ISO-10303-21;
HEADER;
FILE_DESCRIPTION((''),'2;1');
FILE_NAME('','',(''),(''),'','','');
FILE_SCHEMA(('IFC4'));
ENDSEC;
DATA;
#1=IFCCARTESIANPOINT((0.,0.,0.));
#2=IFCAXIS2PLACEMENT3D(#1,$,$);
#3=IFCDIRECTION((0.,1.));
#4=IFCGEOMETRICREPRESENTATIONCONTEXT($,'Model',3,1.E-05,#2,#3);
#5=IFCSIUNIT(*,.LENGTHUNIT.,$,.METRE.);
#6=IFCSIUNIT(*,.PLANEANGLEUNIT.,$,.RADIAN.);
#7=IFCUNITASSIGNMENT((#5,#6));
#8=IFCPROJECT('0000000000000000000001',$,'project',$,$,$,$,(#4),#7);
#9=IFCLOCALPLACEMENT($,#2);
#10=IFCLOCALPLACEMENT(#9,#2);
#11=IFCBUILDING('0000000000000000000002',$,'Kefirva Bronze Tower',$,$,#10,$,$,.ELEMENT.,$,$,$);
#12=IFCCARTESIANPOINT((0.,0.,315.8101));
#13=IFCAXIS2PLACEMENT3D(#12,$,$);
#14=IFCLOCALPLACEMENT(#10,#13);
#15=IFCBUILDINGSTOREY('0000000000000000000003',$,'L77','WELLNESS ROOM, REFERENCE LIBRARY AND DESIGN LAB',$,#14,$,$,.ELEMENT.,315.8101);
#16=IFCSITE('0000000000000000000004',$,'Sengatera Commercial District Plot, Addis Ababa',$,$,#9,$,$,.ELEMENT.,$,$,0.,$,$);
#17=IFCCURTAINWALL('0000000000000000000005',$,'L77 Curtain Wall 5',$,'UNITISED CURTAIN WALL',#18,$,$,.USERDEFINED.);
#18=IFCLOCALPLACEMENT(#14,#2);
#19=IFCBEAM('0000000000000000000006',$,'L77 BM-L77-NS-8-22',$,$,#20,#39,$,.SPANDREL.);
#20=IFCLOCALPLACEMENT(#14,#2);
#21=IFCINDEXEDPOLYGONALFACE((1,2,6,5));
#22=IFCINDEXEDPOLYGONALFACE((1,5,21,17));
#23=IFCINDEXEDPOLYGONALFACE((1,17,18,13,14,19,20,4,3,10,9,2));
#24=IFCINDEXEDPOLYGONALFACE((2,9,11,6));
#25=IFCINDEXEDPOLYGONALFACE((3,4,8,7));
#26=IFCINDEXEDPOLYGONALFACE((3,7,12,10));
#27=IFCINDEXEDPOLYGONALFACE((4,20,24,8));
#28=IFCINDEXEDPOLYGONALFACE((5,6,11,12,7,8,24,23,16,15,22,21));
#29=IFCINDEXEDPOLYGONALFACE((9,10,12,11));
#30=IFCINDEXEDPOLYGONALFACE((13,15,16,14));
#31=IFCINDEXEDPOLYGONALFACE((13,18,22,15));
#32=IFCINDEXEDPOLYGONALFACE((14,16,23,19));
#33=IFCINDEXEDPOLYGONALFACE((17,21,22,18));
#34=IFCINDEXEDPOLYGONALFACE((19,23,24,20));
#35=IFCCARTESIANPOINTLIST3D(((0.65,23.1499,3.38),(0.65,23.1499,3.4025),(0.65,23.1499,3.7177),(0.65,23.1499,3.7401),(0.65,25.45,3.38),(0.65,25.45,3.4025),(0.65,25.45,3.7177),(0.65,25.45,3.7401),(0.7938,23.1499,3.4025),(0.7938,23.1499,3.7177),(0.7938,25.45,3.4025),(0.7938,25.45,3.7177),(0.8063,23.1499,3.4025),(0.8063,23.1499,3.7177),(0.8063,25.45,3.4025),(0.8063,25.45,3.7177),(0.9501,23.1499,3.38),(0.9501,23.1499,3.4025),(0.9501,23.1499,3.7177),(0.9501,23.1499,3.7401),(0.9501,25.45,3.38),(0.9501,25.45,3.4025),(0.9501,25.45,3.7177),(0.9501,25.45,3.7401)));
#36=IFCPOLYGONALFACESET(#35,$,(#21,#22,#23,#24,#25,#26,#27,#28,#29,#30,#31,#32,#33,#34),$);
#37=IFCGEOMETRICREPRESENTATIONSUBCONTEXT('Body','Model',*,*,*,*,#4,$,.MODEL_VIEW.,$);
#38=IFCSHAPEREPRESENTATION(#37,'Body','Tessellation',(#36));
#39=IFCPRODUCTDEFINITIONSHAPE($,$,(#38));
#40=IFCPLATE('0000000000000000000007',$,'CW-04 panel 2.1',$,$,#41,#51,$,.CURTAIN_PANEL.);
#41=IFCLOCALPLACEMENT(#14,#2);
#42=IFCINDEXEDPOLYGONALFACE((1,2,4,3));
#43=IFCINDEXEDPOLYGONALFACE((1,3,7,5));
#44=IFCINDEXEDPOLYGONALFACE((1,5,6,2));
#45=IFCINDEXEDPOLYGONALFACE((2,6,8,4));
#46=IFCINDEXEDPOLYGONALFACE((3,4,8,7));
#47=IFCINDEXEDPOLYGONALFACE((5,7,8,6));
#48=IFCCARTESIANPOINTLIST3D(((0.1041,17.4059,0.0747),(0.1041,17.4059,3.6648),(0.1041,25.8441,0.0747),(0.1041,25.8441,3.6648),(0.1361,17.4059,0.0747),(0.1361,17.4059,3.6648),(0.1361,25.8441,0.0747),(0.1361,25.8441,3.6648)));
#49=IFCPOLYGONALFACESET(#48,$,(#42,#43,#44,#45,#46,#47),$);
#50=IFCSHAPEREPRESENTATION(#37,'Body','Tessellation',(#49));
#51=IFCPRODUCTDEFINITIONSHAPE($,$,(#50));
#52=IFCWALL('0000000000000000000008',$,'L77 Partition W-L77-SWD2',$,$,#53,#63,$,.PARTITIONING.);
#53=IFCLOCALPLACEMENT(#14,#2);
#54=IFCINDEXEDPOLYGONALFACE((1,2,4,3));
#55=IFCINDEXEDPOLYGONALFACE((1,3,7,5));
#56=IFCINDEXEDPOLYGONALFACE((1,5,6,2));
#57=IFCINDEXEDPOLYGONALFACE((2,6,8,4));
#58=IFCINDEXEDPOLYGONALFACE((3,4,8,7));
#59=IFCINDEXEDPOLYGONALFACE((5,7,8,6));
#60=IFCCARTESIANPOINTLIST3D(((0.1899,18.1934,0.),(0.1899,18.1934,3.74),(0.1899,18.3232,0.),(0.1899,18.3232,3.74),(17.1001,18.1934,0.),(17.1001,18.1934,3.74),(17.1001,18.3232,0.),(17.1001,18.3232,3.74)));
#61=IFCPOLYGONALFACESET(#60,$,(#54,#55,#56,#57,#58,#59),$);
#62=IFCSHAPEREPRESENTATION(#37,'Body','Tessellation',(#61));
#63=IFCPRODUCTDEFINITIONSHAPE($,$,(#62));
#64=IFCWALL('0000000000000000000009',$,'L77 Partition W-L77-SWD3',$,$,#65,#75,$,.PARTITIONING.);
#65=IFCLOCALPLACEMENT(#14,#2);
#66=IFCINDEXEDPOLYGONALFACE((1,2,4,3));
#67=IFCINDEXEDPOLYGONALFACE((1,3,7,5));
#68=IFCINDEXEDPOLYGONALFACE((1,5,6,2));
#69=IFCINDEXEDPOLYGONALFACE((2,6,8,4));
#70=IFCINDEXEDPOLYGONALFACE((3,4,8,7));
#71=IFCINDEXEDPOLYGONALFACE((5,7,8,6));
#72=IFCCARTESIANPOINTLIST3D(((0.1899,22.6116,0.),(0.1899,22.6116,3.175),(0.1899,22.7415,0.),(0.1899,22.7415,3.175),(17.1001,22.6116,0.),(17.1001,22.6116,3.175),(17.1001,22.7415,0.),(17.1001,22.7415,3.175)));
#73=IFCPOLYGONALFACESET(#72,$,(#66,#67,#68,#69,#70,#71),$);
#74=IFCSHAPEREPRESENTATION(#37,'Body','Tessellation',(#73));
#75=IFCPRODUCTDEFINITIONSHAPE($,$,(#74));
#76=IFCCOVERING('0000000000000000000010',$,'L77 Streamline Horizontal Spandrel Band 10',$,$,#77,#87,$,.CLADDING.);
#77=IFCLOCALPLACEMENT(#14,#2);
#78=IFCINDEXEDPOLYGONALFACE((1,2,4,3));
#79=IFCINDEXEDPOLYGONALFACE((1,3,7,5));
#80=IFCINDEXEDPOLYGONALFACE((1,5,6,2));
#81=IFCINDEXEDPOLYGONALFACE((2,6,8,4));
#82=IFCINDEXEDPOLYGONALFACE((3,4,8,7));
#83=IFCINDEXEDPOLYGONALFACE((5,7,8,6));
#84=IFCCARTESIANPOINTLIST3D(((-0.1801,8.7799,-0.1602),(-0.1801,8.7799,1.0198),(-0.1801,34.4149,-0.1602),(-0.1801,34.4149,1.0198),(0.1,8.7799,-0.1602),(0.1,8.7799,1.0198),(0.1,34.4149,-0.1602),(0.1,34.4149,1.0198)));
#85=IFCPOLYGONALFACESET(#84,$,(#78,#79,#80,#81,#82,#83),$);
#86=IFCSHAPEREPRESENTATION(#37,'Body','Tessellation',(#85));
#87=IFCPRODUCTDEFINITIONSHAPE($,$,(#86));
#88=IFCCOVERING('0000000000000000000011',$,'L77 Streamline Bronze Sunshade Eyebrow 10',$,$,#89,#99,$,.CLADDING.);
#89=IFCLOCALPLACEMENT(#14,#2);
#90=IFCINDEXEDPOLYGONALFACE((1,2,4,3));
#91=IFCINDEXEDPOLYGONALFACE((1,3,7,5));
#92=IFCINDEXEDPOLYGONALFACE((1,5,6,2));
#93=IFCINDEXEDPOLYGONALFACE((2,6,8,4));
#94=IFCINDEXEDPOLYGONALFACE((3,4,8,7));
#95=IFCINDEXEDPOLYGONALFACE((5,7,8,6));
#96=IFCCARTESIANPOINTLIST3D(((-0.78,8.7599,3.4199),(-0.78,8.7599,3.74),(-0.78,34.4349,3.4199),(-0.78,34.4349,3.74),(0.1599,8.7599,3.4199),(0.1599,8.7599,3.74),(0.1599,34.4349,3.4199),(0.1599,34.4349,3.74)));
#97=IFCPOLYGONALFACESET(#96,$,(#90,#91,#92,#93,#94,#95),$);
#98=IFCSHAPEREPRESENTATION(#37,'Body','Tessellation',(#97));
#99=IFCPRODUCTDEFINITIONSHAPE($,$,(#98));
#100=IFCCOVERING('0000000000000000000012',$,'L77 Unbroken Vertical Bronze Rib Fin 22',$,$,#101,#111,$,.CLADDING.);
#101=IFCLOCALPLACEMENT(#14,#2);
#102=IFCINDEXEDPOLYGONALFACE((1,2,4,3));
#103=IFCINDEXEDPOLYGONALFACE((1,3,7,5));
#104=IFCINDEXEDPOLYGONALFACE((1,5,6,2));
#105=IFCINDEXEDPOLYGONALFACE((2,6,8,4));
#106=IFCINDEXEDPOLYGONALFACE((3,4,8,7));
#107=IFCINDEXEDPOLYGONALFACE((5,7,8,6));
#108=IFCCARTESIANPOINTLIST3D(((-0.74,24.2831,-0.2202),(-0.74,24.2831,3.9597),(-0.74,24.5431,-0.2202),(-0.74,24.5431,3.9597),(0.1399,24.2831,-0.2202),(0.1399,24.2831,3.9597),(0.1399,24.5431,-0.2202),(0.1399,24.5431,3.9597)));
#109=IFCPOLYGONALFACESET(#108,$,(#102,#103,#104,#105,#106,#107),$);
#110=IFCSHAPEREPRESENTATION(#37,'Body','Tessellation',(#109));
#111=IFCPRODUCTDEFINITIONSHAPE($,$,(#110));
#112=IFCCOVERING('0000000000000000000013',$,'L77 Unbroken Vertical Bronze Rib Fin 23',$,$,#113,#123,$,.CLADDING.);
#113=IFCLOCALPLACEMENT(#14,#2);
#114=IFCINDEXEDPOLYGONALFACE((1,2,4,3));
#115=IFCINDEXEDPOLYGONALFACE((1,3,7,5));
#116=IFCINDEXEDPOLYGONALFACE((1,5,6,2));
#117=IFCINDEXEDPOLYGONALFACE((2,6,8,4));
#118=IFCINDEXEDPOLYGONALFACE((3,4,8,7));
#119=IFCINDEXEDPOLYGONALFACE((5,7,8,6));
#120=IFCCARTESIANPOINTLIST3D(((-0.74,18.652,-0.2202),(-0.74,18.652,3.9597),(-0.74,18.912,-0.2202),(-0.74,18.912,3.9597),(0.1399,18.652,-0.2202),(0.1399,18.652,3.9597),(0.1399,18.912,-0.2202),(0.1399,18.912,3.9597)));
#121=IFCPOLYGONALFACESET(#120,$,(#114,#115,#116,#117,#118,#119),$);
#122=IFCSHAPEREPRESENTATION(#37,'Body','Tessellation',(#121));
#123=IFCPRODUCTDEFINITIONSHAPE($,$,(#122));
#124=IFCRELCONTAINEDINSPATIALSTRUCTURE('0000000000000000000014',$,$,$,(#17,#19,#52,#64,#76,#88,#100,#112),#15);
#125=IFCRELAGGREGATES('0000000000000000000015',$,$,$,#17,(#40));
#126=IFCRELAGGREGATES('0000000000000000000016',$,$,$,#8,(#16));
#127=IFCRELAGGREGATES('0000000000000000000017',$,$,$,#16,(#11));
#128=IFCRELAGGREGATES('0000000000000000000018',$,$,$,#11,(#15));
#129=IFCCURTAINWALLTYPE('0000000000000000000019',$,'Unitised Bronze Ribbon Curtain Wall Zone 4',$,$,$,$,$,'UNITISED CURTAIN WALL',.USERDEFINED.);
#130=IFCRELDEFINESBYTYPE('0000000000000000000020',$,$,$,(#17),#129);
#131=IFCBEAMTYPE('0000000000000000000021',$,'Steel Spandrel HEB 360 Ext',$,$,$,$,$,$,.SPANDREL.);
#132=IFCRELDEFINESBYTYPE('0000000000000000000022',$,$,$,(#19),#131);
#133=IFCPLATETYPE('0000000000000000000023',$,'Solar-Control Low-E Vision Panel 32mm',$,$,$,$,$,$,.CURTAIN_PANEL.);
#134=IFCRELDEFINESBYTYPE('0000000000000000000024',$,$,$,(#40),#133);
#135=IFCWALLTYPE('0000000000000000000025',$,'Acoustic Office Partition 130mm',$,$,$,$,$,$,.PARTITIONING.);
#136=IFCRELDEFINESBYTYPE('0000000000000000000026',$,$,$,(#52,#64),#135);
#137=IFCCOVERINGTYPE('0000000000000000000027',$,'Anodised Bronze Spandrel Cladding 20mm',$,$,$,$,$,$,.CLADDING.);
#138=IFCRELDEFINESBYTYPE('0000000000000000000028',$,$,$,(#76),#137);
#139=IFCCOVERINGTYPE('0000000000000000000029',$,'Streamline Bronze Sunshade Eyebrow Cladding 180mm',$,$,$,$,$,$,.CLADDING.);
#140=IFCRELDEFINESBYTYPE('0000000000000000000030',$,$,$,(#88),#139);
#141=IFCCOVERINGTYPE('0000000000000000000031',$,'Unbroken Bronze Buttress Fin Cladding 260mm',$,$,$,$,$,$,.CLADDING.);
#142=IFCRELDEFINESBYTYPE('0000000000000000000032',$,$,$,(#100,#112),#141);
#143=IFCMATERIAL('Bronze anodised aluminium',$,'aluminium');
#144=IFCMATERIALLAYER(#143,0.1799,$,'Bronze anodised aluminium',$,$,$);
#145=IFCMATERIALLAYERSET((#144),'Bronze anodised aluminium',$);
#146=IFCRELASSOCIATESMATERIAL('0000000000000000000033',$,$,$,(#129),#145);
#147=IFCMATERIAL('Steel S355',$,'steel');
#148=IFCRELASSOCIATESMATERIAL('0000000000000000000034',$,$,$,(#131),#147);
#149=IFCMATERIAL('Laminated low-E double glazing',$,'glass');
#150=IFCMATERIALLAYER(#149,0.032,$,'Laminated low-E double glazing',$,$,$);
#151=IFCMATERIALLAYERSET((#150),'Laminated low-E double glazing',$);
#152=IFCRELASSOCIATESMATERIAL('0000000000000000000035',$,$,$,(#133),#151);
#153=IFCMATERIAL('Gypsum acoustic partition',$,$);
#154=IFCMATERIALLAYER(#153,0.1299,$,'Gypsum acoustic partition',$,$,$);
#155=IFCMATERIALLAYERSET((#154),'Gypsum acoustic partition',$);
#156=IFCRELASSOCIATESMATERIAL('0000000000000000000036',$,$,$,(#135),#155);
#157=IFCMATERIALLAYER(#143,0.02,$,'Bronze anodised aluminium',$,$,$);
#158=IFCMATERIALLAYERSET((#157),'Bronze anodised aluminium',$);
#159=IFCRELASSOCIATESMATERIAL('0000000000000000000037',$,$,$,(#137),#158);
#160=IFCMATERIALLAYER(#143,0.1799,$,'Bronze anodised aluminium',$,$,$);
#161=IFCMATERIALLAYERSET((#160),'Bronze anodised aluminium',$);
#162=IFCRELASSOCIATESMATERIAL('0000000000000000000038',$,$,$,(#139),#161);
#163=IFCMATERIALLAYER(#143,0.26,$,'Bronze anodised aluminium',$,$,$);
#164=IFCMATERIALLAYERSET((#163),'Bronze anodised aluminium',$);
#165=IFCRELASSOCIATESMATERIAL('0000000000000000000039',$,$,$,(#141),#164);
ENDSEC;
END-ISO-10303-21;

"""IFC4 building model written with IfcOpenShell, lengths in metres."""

from ifc_helpers import new_model, si_unit, direction, frame, frame_2d, origin, origin_2d, place, context, subcontext, project, spatial, rectangle, i_section, extrude, material, layer, layer_set, material_profile, profile_set, type_object, element, aggregate, save


model = new_model("IFC4")

# Units and contexts
model_context = context("Model", 3, precision=1e-05, world=origin(), true_north=direction((0.0, 1.0)))
body_context = subcontext(model_context, "Body", "Model", "MODEL_VIEW")
ifc_project = project(units=[si_unit("LENGTHUNIT", "METRE"), si_unit("PLANEANGLEUNIT", "RADIAN")], contexts=[model_context])

# Site, building, storey
site_placement = place(None, origin())
site = spatial("IfcSite", under=ifc_project, at=site_placement, Name="Sengatera Commercial District Plot, Addis Ababa", CompositionType="ELEMENT", RefElevation=0.0)
building_placement = place(site_placement, origin())
building = spatial("IfcBuilding", under=site, at=building_placement, Name="Kefirva Bronze Tower", CompositionType="ELEMENT")
storey_placement = place(building_placement, frame((0.0, 0.0, 315.8101)))
storey = spatial("IfcBuildingStorey", under=building, at=storey_placement, Name="L77", Description="WELLNESS ROOM, REFERENCE LIBRARY AND DESIGN LAB", CompositionType="ELEMENT", Elevation=315.8101)

# Curtain wall
ifc_material_1 = material(Name="Bronze anodised aluminium", Category="aluminium")
ifc_layer_1 = layer(ifc_material_1, 0.1799, Name="Bronze anodised aluminium")
ifc_layer_set_1 = layer_set([ifc_layer_1], Name="Bronze anodised aluminium")
curtain_wall_type = type_object("IfcCurtainWallType", Name="Unitised Bronze Ribbon Curtain Wall Zone 4", ElementType="UNITISED CURTAIN WALL", PredefinedType="USERDEFINED", material=ifc_layer_set_1)
curtain_wall_placement = place(storey_placement, origin())
curtain_wall = element("IfcCurtainWall", 1, at=curtain_wall_placement, inside=storey, type_object=curtain_wall_type, Name="L77 Curtain Wall 5", ObjectType="UNITISED CURTAIN WALL", PredefinedType="USERDEFINED")

# Beam
ifc_material_2 = material(Name="Steel S355", Category="steel")
ifc_material_profile_1 = material_profile(ifc_material_2, i_section(OverallWidth=0.3, OverallDepth=0.3601, WebThickness=0.0125, FlangeThickness=0.0225, at=origin_2d()), Name="HEB 360")
ifc_profile_set_1 = profile_set([ifc_material_profile_1], Name="Steel S355")
beam_type_1 = type_object("IfcBeamType", Name="Steel Spandrel HEB 360 Ext", PredefinedType="SPANDREL", material=ifc_profile_set_1)
beam_1_placement = place(storey_placement, frame((0.8, 23.1499, 3.5601), z_axis=(0.0, 1.0, 0.0), x_axis=(-1.0, 0.0, 0.0)))
element("IfcBeam", 2, at=beam_1_placement, inside=storey, type_object=beam_type_1, Name="L77 BM-L77-NS-8-22", PredefinedType="SPANDREL", context=body_context, shape_type="SweptSolid", body=[
    extrude(i_section(OverallWidth=0.3, OverallDepth=0.3601, WebThickness=0.0125, FlangeThickness=0.0225, at=origin_2d()), origin(), (0.0, 0.0, 1.0), 2.3),
])

# Plate
ifc_material_3 = material(Name="Laminated low-E double glazing", Category="glass")
ifc_layer_2 = layer(ifc_material_3, 0.032, Name="Laminated low-E double glazing")
ifc_layer_set_2 = layer_set([ifc_layer_2], Name="Laminated low-E double glazing")
plate_type = type_object("IfcPlateType", Name="Solar-Control Low-E Vision Panel 32mm", PredefinedType="CURTAIN_PANEL", material=ifc_layer_set_2)
plate_placement = place(storey_placement, frame((0.1201, 21.625, 0.0747), z_axis=(0.0, 0.0, 1.0), x_axis=(0.0, -1.0, 0.0)))
plate = element("IfcPlate", 3, at=plate_placement, type_object=plate_type, Name="CW-04 panel 2.1", PredefinedType="CURTAIN_PANEL", context=body_context, shape_type="SweptSolid", body=[
    extrude(rectangle(XDim=8.4382, YDim=0.032, at=origin_2d()), origin(), (0.0, 0.0, 1.0), 3.5901),
])
aggregate(curtain_wall, [plate])

# Walls
ifc_material_4 = material(Name="Gypsum acoustic partition")
ifc_layer_3 = layer(ifc_material_4, 0.1299, Name="Gypsum acoustic partition")
ifc_layer_set_3 = layer_set([ifc_layer_3], Name="Gypsum acoustic partition")
wall_type = type_object("IfcWallType", Name="Acoustic Office Partition 130mm", PredefinedType="PARTITIONING", material=ifc_layer_set_3)
wall_1_placement = place(storey_placement, frame((0.1899, 18.2583, 0.0), z_axis=(0.0, 0.0, 1.0), x_axis=(1.0, 0.0, 0.0)))
element("IfcWall", 4, at=wall_1_placement, inside=storey, type_object=wall_type, Name="L77 Partition W-L77-SWD2", PredefinedType="PARTITIONING", context=body_context, shape_type="SweptSolid", body=[
    extrude(rectangle(XDim=16.9102, YDim=0.1299, at=frame_2d((8.4551, 0.0))), origin(), (0.0, 0.0, 1.0), 3.74),
])
wall_2_placement = place(storey_placement, frame((0.1899, 22.6765, 0.0), z_axis=(0.0, 0.0, 1.0), x_axis=(1.0, 0.0, 0.0)))
element("IfcWall", 5, at=wall_2_placement, inside=storey, type_object=wall_type, Name="L77 Partition W-L77-SWD3", PredefinedType="PARTITIONING", context=body_context, shape_type="SweptSolid", body=[
    extrude(rectangle(XDim=16.9102, YDim=0.1299, at=frame_2d((8.4551, 0.0))), origin(), (0.0, 0.0, 1.0), 3.175),
])

# Coverings
ifc_layer_4 = layer(ifc_material_1, 0.02, Name="Bronze anodised aluminium")
ifc_layer_set_4 = layer_set([ifc_layer_4], Name="Bronze anodised aluminium")
covering_type_1 = type_object("IfcCoveringType", Name="Anodised Bronze Spandrel Cladding 20mm", PredefinedType="CLADDING", material=ifc_layer_set_4)
covering_1_placement = place(storey_placement, frame((-0.04, 21.5974, -0.1602), z_axis=(0.0, 0.0, 1.0), x_axis=(0.0, -1.0, 0.0)))
element("IfcCovering", 6, at=covering_1_placement, inside=storey, type_object=covering_type_1, Name="L77 Streamline Horizontal Spandrel Band 10", PredefinedType="CLADDING", context=body_context, shape_type="SweptSolid", body=[
    extrude(rectangle(XDim=25.635, YDim=0.28, at=origin_2d()), origin(), (0.0, 0.0, 1.0), 1.1799),
])
ifc_layer_5 = layer(ifc_material_1, 0.1799, Name="Bronze anodised aluminium")
ifc_layer_set_5 = layer_set([ifc_layer_5], Name="Bronze anodised aluminium")
covering_type_2 = type_object("IfcCoveringType", Name="Streamline Bronze Sunshade Eyebrow Cladding 180mm", PredefinedType="CLADDING", material=ifc_layer_set_5)
covering_2_placement = place(storey_placement, frame((-0.3101, 21.5974, 3.4199), z_axis=(0.0, 0.0, 1.0), x_axis=(0.0, -1.0, 0.0)))
element("IfcCovering", 7, at=covering_2_placement, inside=storey, type_object=covering_type_2, Name="L77 Streamline Bronze Sunshade Eyebrow 10", PredefinedType="CLADDING", context=body_context, shape_type="SweptSolid", body=[
    extrude(rectangle(XDim=25.675, YDim=0.9399, at=origin_2d()), origin(), (0.0, 0.0, 1.0), 0.3201),
])
ifc_layer_6 = layer(ifc_material_1, 0.26, Name="Bronze anodised aluminium")
ifc_layer_set_6 = layer_set([ifc_layer_6], Name="Bronze anodised aluminium")
covering_type_3 = type_object("IfcCoveringType", Name="Unbroken Bronze Buttress Fin Cladding 260mm", PredefinedType="CLADDING", material=ifc_layer_set_6)
for number, where, z_axis, x_axis, name in (
    (8, (-0.3, 24.4131, -0.2202), (0.0, 0.0, 1.0), (0.0, -1.0, 0.0), "L77 Unbroken Vertical Bronze Rib Fin 22"),
    (9, (-0.3, 18.782, -0.2202), (0.0, 0.0, 1.0), (0.0, -1.0, 0.0), "L77 Unbroken Vertical Bronze Rib Fin 23"),
):
    element("IfcCovering", number, at=place(storey_placement, frame(where, z_axis=z_axis, x_axis=x_axis)), inside=storey, type_object=covering_type_3, Name=name, PredefinedType="CLADDING", context=body_context, shape_type="SweptSolid", body=[
        extrude(rectangle(XDim=0.26, YDim=0.8799, at=origin_2d()), origin(), (0.0, 0.0, 1.0), 4.1799),
    ])

save(model, "model.ifc")
